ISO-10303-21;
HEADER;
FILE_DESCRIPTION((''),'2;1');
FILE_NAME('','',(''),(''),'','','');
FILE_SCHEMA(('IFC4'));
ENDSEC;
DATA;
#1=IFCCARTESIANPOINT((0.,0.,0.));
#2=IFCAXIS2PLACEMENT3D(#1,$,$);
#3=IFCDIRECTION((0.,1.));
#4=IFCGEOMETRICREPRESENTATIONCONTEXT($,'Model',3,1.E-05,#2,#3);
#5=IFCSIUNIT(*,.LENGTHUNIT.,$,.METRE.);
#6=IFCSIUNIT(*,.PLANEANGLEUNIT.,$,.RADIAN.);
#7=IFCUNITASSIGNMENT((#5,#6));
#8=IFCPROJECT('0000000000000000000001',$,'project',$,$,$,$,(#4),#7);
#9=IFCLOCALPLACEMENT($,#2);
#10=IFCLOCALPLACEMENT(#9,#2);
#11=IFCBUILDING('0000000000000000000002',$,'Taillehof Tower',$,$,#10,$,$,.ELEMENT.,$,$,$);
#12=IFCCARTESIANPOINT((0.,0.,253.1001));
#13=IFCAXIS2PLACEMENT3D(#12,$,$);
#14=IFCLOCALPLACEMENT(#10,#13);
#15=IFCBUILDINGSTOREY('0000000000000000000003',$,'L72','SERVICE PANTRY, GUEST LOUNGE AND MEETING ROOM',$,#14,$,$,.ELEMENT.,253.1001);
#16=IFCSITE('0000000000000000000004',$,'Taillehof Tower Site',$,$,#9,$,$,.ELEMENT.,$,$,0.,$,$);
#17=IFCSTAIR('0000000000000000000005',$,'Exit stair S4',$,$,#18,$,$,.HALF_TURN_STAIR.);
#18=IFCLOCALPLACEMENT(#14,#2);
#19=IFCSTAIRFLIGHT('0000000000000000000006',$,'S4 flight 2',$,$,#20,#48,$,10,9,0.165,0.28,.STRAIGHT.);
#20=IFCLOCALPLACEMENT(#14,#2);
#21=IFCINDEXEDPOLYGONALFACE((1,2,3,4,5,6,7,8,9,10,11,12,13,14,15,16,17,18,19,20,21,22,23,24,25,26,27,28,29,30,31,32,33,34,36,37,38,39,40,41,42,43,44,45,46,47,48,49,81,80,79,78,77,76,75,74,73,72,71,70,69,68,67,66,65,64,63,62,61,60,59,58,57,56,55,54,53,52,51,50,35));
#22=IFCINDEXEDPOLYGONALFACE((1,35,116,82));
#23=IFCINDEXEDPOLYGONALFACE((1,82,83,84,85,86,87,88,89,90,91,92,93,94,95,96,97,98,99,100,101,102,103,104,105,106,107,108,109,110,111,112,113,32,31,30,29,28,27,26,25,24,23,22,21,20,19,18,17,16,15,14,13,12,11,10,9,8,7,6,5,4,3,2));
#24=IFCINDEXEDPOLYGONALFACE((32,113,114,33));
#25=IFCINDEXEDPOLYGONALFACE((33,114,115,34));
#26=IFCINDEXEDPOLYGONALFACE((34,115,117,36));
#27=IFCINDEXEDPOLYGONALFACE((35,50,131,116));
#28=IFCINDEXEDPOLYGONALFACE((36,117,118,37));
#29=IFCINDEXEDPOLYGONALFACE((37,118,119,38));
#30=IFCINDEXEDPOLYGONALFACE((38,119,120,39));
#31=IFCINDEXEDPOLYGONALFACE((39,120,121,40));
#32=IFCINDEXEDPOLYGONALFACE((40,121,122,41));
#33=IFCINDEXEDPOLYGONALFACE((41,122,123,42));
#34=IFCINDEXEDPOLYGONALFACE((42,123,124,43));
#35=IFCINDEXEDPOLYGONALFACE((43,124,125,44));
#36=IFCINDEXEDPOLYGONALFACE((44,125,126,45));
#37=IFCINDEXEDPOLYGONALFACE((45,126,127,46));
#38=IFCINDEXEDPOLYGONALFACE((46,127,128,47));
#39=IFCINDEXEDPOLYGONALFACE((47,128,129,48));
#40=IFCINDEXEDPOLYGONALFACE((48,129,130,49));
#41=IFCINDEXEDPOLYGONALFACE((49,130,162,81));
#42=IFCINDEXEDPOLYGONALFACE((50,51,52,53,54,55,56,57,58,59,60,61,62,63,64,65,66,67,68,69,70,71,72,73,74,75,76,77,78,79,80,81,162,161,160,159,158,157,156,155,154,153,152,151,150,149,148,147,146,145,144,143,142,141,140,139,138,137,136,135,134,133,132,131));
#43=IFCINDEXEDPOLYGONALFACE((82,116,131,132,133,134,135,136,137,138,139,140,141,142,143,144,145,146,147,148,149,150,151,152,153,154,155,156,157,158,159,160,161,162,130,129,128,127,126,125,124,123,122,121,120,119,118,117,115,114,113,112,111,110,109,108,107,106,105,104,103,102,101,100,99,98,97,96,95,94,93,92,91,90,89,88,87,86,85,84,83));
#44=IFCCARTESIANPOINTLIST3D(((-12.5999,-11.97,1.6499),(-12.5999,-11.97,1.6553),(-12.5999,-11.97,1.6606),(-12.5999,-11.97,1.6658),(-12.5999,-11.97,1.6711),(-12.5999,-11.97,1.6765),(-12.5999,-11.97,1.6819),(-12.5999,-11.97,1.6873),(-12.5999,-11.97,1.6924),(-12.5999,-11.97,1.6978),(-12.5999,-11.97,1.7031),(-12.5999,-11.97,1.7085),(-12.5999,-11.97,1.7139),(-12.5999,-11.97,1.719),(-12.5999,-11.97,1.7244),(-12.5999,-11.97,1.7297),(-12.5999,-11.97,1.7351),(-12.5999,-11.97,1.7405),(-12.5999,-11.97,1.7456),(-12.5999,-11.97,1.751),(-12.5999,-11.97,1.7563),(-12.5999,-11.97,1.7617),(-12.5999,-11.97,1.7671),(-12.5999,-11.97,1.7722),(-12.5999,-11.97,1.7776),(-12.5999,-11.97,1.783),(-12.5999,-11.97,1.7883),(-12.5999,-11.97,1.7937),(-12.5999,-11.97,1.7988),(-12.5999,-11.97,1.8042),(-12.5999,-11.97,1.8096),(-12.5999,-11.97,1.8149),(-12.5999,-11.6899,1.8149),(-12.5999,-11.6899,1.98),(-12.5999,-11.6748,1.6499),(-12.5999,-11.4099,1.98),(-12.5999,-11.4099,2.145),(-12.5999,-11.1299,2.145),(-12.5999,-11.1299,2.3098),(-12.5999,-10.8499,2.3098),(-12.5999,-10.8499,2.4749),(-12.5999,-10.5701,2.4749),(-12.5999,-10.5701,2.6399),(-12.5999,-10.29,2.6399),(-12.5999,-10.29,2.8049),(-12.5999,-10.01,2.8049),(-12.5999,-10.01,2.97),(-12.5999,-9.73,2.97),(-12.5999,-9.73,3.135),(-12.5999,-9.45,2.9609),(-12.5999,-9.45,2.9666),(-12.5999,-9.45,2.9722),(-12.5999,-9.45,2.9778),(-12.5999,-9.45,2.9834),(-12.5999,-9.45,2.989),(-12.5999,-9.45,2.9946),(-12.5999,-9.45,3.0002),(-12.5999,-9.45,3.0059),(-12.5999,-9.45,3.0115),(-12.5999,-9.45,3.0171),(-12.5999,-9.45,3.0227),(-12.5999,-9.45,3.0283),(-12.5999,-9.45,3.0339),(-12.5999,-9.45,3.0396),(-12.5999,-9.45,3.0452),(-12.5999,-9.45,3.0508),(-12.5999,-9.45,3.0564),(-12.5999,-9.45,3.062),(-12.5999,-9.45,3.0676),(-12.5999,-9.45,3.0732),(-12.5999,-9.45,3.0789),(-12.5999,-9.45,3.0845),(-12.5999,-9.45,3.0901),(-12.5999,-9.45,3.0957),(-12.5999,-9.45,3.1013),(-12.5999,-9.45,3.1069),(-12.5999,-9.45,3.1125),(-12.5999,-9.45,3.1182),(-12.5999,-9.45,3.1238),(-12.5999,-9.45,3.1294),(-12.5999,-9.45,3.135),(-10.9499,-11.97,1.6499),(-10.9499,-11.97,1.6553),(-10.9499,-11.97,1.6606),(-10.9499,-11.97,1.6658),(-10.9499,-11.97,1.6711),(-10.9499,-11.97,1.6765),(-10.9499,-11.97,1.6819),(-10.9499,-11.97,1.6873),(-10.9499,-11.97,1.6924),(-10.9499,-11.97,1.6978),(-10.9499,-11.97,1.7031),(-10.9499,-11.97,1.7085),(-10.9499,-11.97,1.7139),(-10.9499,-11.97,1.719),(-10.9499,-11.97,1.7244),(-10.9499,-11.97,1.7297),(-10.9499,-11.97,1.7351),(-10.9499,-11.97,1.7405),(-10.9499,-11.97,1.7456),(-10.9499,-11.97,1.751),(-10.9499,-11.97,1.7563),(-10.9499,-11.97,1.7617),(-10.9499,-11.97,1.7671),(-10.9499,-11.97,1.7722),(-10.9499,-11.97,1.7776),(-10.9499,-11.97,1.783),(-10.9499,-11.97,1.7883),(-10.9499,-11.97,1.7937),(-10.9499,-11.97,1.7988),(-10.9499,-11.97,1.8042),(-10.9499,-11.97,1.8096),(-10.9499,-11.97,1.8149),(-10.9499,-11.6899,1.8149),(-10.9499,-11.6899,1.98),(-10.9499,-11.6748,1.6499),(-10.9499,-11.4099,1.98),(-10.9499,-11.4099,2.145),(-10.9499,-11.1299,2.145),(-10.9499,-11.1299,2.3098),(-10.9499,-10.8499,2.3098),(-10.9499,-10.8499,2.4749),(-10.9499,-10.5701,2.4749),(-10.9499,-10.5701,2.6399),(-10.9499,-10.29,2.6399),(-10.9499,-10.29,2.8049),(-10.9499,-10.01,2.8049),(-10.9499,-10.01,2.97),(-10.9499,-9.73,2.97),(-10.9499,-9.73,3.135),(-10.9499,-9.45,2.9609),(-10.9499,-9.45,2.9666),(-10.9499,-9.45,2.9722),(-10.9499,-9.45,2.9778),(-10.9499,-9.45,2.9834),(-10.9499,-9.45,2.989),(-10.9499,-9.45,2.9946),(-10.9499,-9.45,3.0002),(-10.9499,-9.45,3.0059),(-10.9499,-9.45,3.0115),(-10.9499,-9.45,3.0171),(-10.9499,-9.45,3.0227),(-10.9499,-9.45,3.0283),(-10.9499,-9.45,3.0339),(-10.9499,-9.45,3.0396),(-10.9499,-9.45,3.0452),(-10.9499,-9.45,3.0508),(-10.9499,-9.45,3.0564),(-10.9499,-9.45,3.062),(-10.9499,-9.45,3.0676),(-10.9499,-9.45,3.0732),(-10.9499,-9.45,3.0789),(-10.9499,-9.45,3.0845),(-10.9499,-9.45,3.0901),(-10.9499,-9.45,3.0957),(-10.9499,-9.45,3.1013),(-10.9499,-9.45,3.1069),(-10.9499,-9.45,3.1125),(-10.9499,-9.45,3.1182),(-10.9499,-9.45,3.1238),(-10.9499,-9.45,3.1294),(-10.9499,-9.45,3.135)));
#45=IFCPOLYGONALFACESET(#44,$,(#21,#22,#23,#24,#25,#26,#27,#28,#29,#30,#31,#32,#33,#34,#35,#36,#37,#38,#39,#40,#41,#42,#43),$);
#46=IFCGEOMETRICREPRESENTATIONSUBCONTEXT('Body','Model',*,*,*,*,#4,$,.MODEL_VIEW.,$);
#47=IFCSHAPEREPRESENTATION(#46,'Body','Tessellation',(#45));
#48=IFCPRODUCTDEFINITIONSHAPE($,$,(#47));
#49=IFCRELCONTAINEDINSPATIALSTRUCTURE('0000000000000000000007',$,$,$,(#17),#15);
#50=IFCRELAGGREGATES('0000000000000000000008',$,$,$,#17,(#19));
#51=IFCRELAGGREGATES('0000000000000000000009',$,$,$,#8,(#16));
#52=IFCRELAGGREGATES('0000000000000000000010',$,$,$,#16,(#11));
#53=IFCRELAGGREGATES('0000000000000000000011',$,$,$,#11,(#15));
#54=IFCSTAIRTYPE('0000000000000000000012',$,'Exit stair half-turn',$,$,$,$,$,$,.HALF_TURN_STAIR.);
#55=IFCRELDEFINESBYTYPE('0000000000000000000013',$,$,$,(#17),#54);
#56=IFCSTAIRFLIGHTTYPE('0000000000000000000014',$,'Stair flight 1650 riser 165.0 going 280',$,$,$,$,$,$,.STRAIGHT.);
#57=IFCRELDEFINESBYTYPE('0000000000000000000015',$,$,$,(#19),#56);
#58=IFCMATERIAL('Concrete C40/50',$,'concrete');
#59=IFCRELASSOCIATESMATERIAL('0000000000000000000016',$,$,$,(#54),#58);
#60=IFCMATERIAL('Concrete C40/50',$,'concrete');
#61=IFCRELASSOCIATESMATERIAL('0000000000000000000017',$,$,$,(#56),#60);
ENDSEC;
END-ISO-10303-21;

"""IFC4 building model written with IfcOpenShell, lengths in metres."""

from ifc_helpers import new_model, si_unit, direction, frame, origin, place, context, subcontext, project, spatial, polyline, outline, extrude, material, type_object, element, aggregate, save


model = new_model("IFC4")

# Units and contexts
model_context = context("Model", 3, precision=1e-05, world=origin(), true_north=direction((0.0, 1.0)))
body_context = subcontext(model_context, "Body", "Model", "MODEL_VIEW")
ifc_project = project(units=[si_unit("LENGTHUNIT", "METRE"), si_unit("PLANEANGLEUNIT", "RADIAN")], contexts=[model_context])

# Site, building, storey
site_placement = place(None, origin())
site = spatial("IfcSite", under=ifc_project, at=site_placement, Name="Taillehof Tower Site", CompositionType="ELEMENT", RefElevation=0.0)
building_placement = place(site_placement, origin())
building = spatial("IfcBuilding", under=site, at=building_placement, Name="Taillehof Tower", CompositionType="ELEMENT")
storey_placement = place(building_placement, frame((0.0, 0.0, 253.1001)))
storey = spatial("IfcBuildingStorey", under=building, at=storey_placement, Name="L72", Description="SERVICE PANTRY, GUEST LOUNGE AND MEETING ROOM", CompositionType="ELEMENT", Elevation=253.1001)

# Stair, stair flight
ifc_material_1 = material(Name="Concrete C40/50", Category="concrete")
stair_type = type_object("IfcStairType", Name="Exit stair half-turn", PredefinedType="HALF_TURN_STAIR", material=ifc_material_1)
stair_placement = place(storey_placement, origin())
stair = element("IfcStair", 1, at=stair_placement, inside=storey, type_object=stair_type, Name="Exit stair S4", PredefinedType="HALF_TURN_STAIR")
ifc_material_2 = material(Name="Concrete C40/50", Category="concrete")
stair_flight_type = type_object("IfcStairFlightType", Name="Stair flight 1650 riser 165.0 going 280", PredefinedType="STRAIGHT", material=ifc_material_2)
stair_flight_placement = place(storey_placement, frame((-11.7749, -11.97, 1.6499), z_axis=(0.0, 0.0, 1.0), x_axis=(0.0, 1.0, 0.0)))
stair_flight = element("IfcStairFlight", 2, at=stair_flight_placement, type_object=stair_flight_type, Name="S4 flight 2", NumberOfRisers=10, NumberOfTreads=9, PredefinedType="STRAIGHT", RiserHeight=0.165, TreadLength=0.28, context=body_context, shape_type="SweptSolid", body=[
    extrude(outline(polyline([(0.0, 0.0), (0.0, 0.0054), (0.0, 0.0107), (0.0, 0.0159), (0.0, 0.0212), (0.0, 0.0266), (0.0, 0.032), (0.0, 0.0374), (0.0, 0.0425), (0.0, 0.0479), (0.0, 0.0532), (0.0, 0.0586), (0.0, 0.064), (0.0, 0.0691), (0.0, 0.0745), (0.0, 0.0798), (0.0, 0.0852), (0.0, 0.0906), (0.0, 0.0957), (0.0, 0.1011), (0.0, 0.1064), (0.0, 0.1118), (0.0, 0.1172), (0.0, 0.1223), (0.0, 0.1277), (0.0, 0.1331), (0.0, 0.1384), (0.0, 0.1438), (0.0, 0.1489), (0.0, 0.1543), (0.0, 0.1597), (0.0, 0.165), (0.28, 0.165), (0.28, 0.3301), (0.5601, 0.3301), (0.5601, 0.4951), (0.8401, 0.4951), (0.8401, 0.6599), (1.1201, 0.6599), (1.1201, 0.825), (1.3999, 0.825), (1.3999, 0.99), (1.6799, 0.99), (1.6799, 1.155), (1.96, 1.155), (1.96, 1.3201), (2.24, 1.3201), (2.24, 1.4851), (2.52, 1.4851), (2.52, 1.4795), (2.52, 1.4739), (2.52, 1.4683), (2.52, 1.4626), (2.52, 1.457), (2.52, 1.4514), (2.52, 1.4458), (2.52, 1.4402), (2.52, 1.4346), (2.52, 1.429), (2.52, 1.4233), (2.52, 1.4177), (2.52, 1.4121), (2.52, 1.4065), (2.52, 1.4009), (2.52, 1.3953), (2.52, 1.3896), (2.52, 1.384), (2.52, 1.3784), (2.52, 1.3728), (2.52, 1.3672), (2.52, 1.3616), (2.52, 1.356), (2.52, 1.3503), (2.52, 1.3447), (2.52, 1.3391), (2.52, 1.3335), (2.52, 1.3279), (2.52, 1.3223), (2.52, 1.3167), (2.52, 1.311), (0.2952, 0.0), (0.0, 0.0)])), frame((0.0, 0.825, 0.0), z_axis=(0.0, -1.0, 0.0), x_axis=(1.0, 0.0, 0.0)), (0.0, 0.0, 1.0), 1.65),
])
aggregate(stair, [stair_flight])

save(model, "model.ifc")
